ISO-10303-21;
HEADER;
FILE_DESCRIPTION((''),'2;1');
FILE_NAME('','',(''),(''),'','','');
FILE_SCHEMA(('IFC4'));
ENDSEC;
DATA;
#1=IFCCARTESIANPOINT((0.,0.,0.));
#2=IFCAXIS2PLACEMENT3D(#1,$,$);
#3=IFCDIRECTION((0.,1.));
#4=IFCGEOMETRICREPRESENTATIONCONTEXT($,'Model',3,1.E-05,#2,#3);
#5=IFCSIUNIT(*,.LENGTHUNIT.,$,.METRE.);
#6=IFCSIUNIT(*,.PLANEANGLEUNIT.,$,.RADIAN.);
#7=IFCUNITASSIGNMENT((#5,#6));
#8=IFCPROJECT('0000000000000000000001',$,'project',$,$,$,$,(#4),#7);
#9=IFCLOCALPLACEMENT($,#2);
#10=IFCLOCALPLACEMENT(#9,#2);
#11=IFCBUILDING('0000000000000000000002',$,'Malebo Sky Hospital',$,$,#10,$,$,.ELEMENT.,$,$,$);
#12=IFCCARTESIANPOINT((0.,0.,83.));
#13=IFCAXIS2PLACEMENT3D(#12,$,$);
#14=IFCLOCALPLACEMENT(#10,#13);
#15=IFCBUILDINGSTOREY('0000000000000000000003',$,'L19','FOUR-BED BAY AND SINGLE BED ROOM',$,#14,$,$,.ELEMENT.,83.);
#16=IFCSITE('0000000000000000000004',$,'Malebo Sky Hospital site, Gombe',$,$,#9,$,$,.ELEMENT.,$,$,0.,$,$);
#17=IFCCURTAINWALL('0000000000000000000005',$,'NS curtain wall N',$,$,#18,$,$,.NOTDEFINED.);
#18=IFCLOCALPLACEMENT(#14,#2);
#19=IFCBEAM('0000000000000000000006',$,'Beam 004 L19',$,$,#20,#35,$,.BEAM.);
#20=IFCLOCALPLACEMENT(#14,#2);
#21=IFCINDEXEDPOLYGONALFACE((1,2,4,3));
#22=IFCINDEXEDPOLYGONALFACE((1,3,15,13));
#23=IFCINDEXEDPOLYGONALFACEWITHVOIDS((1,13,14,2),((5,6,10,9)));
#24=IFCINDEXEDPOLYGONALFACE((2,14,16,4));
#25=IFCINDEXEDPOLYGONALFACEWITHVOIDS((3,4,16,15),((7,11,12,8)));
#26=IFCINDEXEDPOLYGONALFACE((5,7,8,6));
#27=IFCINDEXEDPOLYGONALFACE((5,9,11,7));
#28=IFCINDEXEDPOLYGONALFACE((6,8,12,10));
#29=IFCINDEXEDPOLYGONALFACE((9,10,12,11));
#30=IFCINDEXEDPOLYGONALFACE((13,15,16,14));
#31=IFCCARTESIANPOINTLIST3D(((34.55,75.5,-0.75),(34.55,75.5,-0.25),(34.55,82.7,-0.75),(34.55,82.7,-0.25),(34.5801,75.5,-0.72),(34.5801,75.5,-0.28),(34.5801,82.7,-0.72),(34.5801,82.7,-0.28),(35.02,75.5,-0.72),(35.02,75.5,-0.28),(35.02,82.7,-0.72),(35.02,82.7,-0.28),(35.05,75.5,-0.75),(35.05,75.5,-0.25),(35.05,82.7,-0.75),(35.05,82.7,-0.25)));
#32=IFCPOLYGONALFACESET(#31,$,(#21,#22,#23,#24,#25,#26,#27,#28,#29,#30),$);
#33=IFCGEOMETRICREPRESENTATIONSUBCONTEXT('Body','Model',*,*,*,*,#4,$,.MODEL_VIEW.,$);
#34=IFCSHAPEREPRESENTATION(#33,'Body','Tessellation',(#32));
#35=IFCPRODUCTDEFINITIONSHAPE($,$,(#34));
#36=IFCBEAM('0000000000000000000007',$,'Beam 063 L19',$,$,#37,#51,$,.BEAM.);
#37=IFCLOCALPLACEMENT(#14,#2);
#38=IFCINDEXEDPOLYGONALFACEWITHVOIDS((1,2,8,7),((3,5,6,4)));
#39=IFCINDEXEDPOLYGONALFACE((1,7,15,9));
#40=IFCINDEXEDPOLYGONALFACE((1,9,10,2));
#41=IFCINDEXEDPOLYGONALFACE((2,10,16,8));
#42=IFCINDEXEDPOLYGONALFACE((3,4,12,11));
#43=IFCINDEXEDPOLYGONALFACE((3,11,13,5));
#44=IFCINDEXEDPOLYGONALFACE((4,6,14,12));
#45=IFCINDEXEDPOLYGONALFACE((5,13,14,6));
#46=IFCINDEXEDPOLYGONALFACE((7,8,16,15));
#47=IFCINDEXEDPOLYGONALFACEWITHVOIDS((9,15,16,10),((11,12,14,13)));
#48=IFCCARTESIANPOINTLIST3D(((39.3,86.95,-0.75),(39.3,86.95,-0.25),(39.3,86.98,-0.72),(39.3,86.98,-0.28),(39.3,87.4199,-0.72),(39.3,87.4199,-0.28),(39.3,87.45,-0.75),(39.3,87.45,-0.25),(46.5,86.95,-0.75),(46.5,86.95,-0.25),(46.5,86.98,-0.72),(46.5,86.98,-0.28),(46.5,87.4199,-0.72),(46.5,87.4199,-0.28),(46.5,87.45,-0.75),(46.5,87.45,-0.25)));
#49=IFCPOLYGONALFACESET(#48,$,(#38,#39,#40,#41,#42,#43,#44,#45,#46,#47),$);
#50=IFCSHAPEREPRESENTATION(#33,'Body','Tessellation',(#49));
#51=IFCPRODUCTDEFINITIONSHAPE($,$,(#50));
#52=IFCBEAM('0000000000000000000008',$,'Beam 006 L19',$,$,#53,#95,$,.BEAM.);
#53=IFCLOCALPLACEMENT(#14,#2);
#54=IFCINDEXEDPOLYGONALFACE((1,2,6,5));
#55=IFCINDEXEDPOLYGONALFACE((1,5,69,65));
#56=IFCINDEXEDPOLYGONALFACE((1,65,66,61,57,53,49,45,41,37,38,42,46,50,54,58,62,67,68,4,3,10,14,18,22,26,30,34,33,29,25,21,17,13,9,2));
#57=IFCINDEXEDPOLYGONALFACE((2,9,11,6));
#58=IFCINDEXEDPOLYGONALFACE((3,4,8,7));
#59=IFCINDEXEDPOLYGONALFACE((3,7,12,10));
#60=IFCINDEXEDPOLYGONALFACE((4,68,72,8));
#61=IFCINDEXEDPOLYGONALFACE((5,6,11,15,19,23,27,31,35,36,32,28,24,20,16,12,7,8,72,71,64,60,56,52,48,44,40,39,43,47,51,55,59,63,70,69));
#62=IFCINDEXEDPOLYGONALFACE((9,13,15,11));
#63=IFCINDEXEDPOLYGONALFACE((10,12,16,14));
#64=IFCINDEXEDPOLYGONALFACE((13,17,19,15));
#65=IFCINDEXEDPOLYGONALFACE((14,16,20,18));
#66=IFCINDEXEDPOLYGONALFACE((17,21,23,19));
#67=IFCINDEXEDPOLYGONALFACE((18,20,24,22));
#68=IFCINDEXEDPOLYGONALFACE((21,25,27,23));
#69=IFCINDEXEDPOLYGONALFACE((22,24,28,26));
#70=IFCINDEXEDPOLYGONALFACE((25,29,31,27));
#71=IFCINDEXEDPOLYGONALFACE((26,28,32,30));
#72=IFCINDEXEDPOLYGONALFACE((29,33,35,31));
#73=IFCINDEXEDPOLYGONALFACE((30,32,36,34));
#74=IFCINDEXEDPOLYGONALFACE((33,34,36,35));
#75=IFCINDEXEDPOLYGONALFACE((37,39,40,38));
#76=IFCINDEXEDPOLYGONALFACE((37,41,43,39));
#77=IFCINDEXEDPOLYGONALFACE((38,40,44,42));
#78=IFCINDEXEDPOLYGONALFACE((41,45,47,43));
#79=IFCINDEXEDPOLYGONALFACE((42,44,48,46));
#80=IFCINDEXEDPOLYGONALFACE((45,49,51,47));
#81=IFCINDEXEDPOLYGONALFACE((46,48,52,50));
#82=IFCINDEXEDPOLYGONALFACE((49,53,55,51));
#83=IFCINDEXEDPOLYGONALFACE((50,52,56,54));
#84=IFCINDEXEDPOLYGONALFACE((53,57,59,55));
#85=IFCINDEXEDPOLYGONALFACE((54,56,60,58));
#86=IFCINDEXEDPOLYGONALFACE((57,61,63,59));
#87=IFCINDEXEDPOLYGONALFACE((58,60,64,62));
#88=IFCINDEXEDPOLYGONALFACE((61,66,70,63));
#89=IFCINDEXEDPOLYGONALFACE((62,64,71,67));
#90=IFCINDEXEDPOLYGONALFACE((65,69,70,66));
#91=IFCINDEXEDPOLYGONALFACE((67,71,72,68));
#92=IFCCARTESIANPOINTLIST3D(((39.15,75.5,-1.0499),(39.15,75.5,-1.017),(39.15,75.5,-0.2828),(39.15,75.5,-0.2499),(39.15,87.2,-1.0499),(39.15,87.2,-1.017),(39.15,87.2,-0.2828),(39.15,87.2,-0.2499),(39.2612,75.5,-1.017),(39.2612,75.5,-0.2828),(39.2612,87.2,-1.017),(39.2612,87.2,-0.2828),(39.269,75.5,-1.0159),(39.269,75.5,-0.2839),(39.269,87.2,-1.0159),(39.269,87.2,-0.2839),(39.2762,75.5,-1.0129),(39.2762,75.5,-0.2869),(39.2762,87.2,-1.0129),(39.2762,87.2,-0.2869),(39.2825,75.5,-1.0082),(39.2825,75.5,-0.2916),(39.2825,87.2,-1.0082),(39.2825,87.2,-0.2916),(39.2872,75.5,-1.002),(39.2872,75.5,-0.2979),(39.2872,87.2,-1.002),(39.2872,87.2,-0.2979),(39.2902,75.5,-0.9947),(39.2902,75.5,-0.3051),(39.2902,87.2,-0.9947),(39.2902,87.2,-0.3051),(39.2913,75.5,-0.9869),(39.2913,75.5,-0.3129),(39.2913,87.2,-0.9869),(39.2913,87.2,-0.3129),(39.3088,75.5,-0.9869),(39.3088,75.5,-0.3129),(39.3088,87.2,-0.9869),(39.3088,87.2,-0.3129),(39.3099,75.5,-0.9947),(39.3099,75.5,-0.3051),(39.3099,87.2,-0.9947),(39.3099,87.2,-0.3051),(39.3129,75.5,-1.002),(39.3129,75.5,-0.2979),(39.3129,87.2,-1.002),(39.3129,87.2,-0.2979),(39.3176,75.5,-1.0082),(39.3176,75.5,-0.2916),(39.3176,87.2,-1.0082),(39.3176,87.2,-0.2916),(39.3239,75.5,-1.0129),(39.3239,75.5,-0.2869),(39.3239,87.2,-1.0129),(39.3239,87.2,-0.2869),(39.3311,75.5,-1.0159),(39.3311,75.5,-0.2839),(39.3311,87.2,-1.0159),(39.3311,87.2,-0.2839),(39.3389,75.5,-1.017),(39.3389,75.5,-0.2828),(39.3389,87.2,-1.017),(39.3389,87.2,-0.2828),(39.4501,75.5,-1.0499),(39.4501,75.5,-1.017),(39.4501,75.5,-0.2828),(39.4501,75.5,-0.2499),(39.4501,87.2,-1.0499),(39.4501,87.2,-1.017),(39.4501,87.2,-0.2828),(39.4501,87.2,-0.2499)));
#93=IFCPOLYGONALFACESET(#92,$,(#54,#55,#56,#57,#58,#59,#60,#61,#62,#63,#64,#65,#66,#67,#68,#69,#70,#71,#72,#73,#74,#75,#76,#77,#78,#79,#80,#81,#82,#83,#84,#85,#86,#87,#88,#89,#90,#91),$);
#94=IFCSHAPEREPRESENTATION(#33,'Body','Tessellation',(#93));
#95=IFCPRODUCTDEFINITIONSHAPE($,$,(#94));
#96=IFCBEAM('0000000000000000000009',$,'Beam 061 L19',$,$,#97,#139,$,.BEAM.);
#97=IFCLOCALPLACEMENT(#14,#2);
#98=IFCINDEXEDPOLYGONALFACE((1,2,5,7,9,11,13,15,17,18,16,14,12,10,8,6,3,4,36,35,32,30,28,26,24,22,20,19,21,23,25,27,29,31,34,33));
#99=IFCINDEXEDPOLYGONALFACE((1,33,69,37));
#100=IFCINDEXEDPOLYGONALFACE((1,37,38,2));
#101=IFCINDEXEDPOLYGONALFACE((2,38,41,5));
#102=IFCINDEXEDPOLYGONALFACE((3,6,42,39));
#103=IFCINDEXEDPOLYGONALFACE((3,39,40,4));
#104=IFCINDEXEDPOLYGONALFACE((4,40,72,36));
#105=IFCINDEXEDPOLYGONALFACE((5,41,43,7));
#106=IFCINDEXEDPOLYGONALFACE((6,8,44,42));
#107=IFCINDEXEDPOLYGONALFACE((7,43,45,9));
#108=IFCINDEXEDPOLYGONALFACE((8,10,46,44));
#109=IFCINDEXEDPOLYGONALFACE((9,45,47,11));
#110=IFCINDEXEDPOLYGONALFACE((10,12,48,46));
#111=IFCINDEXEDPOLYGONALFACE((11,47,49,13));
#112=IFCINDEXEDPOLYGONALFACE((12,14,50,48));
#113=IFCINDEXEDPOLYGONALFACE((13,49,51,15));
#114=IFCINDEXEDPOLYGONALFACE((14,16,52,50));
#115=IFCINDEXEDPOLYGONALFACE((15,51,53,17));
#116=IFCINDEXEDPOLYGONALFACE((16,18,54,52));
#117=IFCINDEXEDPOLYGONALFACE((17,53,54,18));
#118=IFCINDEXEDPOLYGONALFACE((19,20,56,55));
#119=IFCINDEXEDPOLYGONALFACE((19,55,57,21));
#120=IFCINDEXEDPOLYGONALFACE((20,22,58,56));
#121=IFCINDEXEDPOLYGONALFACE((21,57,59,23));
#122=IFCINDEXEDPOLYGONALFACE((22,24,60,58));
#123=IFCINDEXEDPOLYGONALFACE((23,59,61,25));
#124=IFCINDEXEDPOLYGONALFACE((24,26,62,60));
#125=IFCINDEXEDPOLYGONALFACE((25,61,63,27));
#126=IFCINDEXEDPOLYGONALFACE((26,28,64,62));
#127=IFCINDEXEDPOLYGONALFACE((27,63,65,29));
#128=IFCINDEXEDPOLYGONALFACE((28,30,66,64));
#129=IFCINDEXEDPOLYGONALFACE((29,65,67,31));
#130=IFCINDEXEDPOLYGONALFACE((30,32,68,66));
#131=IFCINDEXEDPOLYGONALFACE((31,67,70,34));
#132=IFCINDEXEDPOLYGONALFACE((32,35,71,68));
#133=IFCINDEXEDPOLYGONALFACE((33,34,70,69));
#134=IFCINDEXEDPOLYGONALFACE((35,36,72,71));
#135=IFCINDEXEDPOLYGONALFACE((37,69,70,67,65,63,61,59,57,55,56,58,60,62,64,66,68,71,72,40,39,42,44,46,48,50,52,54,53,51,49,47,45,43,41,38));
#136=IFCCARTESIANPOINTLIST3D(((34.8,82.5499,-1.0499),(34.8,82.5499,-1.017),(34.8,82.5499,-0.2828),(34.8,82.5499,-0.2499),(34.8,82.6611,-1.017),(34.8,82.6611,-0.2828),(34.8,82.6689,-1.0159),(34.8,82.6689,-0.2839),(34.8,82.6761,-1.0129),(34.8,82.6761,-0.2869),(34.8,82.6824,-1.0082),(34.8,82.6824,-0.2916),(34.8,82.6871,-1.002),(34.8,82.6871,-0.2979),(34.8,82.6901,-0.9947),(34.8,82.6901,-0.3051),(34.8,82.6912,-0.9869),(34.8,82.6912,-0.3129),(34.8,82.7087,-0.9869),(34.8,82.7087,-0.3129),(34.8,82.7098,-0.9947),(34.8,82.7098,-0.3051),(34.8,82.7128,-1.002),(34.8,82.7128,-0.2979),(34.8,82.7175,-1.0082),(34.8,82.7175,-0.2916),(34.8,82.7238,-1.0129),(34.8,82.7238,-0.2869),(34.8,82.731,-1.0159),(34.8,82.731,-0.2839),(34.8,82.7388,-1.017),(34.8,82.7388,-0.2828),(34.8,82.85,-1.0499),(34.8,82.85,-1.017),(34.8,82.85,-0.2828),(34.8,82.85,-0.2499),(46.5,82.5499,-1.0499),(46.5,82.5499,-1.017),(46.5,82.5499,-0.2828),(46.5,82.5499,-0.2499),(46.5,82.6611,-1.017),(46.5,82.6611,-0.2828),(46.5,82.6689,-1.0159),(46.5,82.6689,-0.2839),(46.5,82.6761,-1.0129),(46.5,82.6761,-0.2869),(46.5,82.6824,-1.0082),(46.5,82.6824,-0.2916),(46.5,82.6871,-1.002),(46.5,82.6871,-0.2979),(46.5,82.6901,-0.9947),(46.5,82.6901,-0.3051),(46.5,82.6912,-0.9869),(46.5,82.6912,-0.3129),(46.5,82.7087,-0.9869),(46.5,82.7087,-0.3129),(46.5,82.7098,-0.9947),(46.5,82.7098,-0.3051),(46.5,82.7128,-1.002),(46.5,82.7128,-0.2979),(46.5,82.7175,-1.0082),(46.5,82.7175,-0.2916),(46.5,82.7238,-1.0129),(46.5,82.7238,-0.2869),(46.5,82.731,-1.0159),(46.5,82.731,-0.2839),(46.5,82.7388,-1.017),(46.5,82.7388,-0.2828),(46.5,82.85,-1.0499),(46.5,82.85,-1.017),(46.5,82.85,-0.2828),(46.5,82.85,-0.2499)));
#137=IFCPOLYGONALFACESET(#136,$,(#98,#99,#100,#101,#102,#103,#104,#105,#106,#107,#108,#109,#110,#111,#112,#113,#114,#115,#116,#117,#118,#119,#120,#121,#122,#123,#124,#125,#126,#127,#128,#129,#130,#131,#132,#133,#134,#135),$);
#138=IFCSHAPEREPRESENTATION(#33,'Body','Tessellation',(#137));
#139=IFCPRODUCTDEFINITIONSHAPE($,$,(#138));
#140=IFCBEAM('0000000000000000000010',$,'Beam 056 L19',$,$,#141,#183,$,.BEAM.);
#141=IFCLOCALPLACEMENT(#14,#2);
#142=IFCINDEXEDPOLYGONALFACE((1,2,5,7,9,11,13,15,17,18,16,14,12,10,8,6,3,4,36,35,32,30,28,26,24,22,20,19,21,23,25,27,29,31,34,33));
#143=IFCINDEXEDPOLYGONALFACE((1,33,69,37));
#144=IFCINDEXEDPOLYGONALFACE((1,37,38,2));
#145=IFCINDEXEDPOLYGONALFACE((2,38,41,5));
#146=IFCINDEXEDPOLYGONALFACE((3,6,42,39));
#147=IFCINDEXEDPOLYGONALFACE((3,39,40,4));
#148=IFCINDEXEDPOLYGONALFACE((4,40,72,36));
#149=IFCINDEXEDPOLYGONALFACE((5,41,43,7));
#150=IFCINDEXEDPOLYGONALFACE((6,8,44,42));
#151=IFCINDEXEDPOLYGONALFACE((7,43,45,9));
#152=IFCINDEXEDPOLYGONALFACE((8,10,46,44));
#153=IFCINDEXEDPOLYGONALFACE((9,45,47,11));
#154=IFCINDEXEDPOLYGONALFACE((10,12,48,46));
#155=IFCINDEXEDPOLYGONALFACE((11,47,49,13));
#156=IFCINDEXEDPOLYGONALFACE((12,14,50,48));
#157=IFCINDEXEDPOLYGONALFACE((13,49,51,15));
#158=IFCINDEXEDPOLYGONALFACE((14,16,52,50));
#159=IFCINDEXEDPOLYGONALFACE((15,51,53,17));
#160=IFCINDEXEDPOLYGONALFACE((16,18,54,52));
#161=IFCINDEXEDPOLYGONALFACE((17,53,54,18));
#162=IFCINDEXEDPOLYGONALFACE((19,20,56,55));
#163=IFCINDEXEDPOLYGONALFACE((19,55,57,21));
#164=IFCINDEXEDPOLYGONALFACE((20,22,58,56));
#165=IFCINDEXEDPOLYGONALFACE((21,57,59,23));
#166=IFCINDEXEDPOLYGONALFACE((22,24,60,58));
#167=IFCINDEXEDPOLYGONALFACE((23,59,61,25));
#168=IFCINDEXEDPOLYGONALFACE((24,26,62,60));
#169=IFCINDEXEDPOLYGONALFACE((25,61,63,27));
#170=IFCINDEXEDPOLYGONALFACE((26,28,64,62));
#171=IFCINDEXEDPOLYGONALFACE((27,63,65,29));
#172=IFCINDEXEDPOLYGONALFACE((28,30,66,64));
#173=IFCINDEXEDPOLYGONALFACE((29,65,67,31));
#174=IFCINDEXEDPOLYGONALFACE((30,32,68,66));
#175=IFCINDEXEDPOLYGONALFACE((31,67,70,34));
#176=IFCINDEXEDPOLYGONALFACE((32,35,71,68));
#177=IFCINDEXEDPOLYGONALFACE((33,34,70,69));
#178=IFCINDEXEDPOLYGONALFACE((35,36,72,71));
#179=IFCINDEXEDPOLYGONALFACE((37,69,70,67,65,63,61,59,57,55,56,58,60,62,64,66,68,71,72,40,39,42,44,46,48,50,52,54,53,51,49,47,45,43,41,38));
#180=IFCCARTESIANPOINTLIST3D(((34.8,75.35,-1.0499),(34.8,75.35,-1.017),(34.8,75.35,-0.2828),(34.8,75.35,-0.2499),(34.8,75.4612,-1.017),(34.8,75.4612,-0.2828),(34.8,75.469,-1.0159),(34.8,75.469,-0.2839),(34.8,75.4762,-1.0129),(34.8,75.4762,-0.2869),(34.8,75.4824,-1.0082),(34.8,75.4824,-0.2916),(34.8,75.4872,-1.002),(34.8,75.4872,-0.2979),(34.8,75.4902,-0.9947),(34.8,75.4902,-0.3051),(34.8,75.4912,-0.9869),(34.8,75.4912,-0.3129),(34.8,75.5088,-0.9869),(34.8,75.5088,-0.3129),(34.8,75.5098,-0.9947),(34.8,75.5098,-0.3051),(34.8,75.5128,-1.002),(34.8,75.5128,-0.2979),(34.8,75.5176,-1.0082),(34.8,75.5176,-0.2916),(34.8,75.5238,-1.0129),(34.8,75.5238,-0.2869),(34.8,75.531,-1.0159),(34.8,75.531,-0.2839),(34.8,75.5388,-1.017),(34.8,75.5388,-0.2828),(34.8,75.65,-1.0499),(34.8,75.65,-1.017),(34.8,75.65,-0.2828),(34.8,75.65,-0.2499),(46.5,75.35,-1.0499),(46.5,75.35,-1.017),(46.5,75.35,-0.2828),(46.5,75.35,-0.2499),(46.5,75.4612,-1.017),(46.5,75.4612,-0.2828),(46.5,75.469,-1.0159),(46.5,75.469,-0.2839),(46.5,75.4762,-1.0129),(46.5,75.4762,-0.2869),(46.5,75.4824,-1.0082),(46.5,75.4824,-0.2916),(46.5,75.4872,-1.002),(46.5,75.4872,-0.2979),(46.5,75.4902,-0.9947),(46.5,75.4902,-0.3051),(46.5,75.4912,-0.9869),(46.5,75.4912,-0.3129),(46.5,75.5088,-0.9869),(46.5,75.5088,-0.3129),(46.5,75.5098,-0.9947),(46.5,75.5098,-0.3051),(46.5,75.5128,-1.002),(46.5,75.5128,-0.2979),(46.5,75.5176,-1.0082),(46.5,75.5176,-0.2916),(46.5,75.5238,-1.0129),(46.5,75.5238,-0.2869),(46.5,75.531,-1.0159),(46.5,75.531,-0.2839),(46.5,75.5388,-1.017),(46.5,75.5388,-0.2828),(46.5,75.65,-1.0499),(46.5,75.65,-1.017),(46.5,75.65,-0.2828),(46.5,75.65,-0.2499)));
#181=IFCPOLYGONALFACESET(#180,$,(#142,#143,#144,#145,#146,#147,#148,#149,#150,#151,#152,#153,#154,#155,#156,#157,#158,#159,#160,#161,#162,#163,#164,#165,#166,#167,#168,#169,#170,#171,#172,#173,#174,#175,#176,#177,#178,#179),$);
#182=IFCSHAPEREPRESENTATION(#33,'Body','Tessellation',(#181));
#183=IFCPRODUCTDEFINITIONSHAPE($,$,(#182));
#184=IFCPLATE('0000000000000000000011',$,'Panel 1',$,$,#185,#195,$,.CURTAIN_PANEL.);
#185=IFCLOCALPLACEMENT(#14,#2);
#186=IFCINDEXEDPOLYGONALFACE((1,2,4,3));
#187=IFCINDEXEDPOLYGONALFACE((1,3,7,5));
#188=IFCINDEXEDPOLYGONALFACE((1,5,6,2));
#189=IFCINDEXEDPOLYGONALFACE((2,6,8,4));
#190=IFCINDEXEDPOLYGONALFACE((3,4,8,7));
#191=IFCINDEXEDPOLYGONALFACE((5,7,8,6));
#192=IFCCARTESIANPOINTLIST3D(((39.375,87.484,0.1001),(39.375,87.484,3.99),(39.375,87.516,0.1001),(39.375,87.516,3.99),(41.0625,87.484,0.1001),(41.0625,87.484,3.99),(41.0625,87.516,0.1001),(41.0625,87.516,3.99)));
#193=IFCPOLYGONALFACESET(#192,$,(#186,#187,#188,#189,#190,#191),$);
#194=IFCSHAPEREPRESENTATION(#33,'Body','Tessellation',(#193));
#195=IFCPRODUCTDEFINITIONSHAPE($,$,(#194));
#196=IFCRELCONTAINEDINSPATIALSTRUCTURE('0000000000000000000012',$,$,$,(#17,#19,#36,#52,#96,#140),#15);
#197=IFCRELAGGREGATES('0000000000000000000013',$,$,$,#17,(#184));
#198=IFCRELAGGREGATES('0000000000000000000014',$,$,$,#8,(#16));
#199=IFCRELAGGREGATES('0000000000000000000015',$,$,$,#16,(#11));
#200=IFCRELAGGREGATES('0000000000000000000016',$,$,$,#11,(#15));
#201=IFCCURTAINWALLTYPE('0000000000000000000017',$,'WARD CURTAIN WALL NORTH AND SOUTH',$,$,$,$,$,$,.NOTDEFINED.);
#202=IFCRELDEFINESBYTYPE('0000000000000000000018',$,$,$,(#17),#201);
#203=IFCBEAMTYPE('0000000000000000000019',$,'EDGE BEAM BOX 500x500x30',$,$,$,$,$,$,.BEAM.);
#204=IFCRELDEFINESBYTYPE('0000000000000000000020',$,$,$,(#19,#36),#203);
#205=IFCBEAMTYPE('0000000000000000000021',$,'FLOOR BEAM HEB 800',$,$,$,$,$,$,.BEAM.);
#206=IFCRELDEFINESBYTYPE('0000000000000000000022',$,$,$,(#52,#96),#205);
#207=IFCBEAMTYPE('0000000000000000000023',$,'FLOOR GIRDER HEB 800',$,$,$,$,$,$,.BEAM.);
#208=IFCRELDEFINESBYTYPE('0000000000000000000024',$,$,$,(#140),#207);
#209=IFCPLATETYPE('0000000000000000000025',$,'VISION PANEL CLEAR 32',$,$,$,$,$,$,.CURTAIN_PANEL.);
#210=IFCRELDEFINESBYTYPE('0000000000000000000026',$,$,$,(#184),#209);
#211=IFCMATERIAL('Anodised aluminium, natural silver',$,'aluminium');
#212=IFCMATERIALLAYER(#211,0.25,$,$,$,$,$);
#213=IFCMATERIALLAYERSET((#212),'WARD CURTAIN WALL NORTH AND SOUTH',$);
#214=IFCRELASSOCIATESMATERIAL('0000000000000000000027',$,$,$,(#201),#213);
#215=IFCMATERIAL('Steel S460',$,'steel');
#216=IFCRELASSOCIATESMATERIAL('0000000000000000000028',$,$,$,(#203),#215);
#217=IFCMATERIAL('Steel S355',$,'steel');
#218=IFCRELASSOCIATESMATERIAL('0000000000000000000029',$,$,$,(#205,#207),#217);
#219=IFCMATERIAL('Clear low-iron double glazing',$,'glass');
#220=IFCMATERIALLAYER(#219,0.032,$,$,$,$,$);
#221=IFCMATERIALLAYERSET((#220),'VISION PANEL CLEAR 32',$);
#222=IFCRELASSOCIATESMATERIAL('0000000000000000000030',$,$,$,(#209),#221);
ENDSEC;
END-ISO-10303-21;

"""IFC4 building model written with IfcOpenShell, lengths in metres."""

from ifc_helpers import new_model, si_unit, direction, frame, origin, origin_2d, place, context, subcontext, project, spatial, rectangle, hollow_rectangle, i_section, extrude, material, layer, layer_set, material_profile, profile_set, type_object, element, aggregate, save


model = new_model("IFC4")

# Units and contexts
model_context = context("Model", 3, precision=1e-05, world=origin(), true_north=direction((0.0, 1.0)))
body_context = subcontext(model_context, "Body", "Model", "MODEL_VIEW")
ifc_project = project(units=[si_unit("LENGTHUNIT", "METRE"), si_unit("PLANEANGLEUNIT", "RADIAN")], contexts=[model_context])

# Site, building, storey
site_placement = place(None, origin())
site = spatial("IfcSite", under=ifc_project, at=site_placement, Name="Malebo Sky Hospital site, Gombe", CompositionType="ELEMENT", RefElevation=0.0)
building_placement = place(site_placement, origin())
building = spatial("IfcBuilding", under=site, at=building_placement, Name="Malebo Sky Hospital", CompositionType="ELEMENT")
storey_placement = place(building_placement, frame((0.0, 0.0, 83.0)))
storey = spatial("IfcBuildingStorey", under=building, at=storey_placement, Name="L19", Description="FOUR-BED BAY AND SINGLE BED ROOM", CompositionType="ELEMENT", Elevation=83.0)

# Shared definitions
ifc_material_1 = material(Name="Steel S460", Category="steel")

# Curtain wall
ifc_material_2 = material(Name="Anodised aluminium, natural silver", Category="aluminium")
ifc_layer_1 = layer(ifc_material_2, 0.25)
ifc_layer_set_1 = layer_set([ifc_layer_1], Name="WARD CURTAIN WALL NORTH AND SOUTH")
curtain_wall_type_1 = type_object("IfcCurtainWallType", Name="WARD CURTAIN WALL NORTH AND SOUTH", PredefinedType="NOTDEFINED", material=ifc_layer_set_1)
curtain_wall_1_placement = place(storey_placement, origin())
curtain_wall_1 = element("IfcCurtainWall", 1, at=curtain_wall_1_placement, inside=storey, type_object=curtain_wall_type_1, Name="NS curtain wall N", PredefinedType="NOTDEFINED")

# Beams
ifc_material_profile_1 = material_profile(ifc_material_1, hollow_rectangle(XDim=0.5, YDim=0.5, WallThickness=0.03, at=origin_2d()), Name="BOX 500x500x30")
ifc_profile_set_1 = profile_set([ifc_material_profile_1], Name="Steel S460")
beam_type_1 = type_object("IfcBeamType", Name="EDGE BEAM BOX 500x500x30", PredefinedType="BEAM", material=ifc_profile_set_1)
for number, where, z_axis, x_axis, name in (
    (2, (34.8, 75.5, -0.5), (0.0, 1.0, 0.0), (-1.0, 0.0, 0.0), "Beam 004 L19"),
    (3, (39.3, 87.2, -0.5), (1.0, 0.0, 0.0), (0.0, 1.0, 0.0), "Beam 063 L19"),
):
    element("IfcBeam", number, at=place(storey_placement, frame(where, z_axis=z_axis, x_axis=x_axis)), inside=storey, type_object=beam_type_1, Name=name, PredefinedType="BEAM", context=body_context, shape_type="SweptSolid", body=[
        extrude(hollow_rectangle(XDim=0.5, YDim=0.5, WallThickness=0.03, at=origin_2d()), origin(), (0.0, 0.0, 1.0), 7.2),
    ])
ifc_material_3 = material(Name="Steel S355", Category="steel")
ifc_material_profile_2 = material_profile(ifc_material_3, i_section(OverallWidth=0.3, OverallDepth=0.8, WebThickness=0.0176, FlangeThickness=0.033, FilletRadius=0.03, at=origin_2d()), Name="HEB 800")
ifc_profile_set_2 = profile_set([ifc_material_profile_2], Name="Steel S355")
beam_type_2 = type_object("IfcBeamType", Name="FLOOR BEAM HEB 800", PredefinedType="BEAM", material=ifc_profile_set_2)
for number, where, z_axis, x_axis, name in (
    (4, (39.3, 75.5, -0.6499), (0.0, 1.0, 0.0), (-1.0, 0.0, 0.0), "Beam 006 L19"),
    (5, (34.8, 82.7, -0.6499), (1.0, 0.0, 0.0), (0.0, 1.0, 0.0), "Beam 061 L19"),
):
    element("IfcBeam", number, at=place(storey_placement, frame(where, z_axis=z_axis, x_axis=x_axis)), inside=storey, type_object=beam_type_2, Name=name, PredefinedType="BEAM", context=body_context, shape_type="SweptSolid", body=[
        extrude(i_section(OverallWidth=0.3, OverallDepth=0.8, WebThickness=0.0176, FlangeThickness=0.033, FilletRadius=0.03, at=origin_2d()), origin(), (0.0, 0.0, 1.0), 11.7),
    ])
ifc_material_profile_3 = material_profile(ifc_material_3, i_section(OverallWidth=0.3, OverallDepth=0.8, WebThickness=0.0176, FlangeThickness=0.033, FilletRadius=0.03, at=origin_2d()), Name="HEB 800")
ifc_profile_set_3 = profile_set([ifc_material_profile_3], Name="Steel S355")
beam_type_3 = type_object("IfcBeamType", Name="FLOOR GIRDER HEB 800", PredefinedType="BEAM", material=ifc_profile_set_3)
beam_placement = place(storey_placement, frame((34.8, 75.5, -0.6499), z_axis=(1.0, 0.0, 0.0), x_axis=(0.0, 1.0, 0.0)))
element("IfcBeam", 6, at=beam_placement, inside=storey, type_object=beam_type_3, Name="Beam 056 L19", PredefinedType="BEAM", context=body_context, shape_type="SweptSolid", body=[
    extrude(i_section(OverallWidth=0.3, OverallDepth=0.8, WebThickness=0.0176, FlangeThickness=0.033, FilletRadius=0.03, at=origin_2d()), origin(), (0.0, 0.0, 1.0), 11.7),
])

# Plate
ifc_material_4 = material(Name="Clear low-iron double glazing", Category="glass")
ifc_layer_2 = layer(ifc_material_4, 0.032)
ifc_layer_set_2 = layer_set([ifc_layer_2], Name="VISION PANEL CLEAR 32")
plate_type = type_object("IfcPlateType", Name="VISION PANEL CLEAR 32", PredefinedType="CURTAIN_PANEL", material=ifc_layer_set_2)
plate_1_placement = place(storey_placement, frame((40.2188, 87.5, 0.1001), z_axis=(0.0, 0.0, 1.0), x_axis=(1.0, 0.0, 0.0)))
plate_1 = element("IfcPlate", 7, at=plate_1_placement, type_object=plate_type, Name="Panel 1", PredefinedType="CURTAIN_PANEL", context=body_context, shape_type="SweptSolid", body=[
    extrude(rectangle(XDim=1.6875, YDim=0.032, at=origin_2d()), origin(), (0.0, 0.0, 1.0), 3.8899),
])
aggregate(curtain_wall_1, [plate_1])

save(model, "model.ifc")
